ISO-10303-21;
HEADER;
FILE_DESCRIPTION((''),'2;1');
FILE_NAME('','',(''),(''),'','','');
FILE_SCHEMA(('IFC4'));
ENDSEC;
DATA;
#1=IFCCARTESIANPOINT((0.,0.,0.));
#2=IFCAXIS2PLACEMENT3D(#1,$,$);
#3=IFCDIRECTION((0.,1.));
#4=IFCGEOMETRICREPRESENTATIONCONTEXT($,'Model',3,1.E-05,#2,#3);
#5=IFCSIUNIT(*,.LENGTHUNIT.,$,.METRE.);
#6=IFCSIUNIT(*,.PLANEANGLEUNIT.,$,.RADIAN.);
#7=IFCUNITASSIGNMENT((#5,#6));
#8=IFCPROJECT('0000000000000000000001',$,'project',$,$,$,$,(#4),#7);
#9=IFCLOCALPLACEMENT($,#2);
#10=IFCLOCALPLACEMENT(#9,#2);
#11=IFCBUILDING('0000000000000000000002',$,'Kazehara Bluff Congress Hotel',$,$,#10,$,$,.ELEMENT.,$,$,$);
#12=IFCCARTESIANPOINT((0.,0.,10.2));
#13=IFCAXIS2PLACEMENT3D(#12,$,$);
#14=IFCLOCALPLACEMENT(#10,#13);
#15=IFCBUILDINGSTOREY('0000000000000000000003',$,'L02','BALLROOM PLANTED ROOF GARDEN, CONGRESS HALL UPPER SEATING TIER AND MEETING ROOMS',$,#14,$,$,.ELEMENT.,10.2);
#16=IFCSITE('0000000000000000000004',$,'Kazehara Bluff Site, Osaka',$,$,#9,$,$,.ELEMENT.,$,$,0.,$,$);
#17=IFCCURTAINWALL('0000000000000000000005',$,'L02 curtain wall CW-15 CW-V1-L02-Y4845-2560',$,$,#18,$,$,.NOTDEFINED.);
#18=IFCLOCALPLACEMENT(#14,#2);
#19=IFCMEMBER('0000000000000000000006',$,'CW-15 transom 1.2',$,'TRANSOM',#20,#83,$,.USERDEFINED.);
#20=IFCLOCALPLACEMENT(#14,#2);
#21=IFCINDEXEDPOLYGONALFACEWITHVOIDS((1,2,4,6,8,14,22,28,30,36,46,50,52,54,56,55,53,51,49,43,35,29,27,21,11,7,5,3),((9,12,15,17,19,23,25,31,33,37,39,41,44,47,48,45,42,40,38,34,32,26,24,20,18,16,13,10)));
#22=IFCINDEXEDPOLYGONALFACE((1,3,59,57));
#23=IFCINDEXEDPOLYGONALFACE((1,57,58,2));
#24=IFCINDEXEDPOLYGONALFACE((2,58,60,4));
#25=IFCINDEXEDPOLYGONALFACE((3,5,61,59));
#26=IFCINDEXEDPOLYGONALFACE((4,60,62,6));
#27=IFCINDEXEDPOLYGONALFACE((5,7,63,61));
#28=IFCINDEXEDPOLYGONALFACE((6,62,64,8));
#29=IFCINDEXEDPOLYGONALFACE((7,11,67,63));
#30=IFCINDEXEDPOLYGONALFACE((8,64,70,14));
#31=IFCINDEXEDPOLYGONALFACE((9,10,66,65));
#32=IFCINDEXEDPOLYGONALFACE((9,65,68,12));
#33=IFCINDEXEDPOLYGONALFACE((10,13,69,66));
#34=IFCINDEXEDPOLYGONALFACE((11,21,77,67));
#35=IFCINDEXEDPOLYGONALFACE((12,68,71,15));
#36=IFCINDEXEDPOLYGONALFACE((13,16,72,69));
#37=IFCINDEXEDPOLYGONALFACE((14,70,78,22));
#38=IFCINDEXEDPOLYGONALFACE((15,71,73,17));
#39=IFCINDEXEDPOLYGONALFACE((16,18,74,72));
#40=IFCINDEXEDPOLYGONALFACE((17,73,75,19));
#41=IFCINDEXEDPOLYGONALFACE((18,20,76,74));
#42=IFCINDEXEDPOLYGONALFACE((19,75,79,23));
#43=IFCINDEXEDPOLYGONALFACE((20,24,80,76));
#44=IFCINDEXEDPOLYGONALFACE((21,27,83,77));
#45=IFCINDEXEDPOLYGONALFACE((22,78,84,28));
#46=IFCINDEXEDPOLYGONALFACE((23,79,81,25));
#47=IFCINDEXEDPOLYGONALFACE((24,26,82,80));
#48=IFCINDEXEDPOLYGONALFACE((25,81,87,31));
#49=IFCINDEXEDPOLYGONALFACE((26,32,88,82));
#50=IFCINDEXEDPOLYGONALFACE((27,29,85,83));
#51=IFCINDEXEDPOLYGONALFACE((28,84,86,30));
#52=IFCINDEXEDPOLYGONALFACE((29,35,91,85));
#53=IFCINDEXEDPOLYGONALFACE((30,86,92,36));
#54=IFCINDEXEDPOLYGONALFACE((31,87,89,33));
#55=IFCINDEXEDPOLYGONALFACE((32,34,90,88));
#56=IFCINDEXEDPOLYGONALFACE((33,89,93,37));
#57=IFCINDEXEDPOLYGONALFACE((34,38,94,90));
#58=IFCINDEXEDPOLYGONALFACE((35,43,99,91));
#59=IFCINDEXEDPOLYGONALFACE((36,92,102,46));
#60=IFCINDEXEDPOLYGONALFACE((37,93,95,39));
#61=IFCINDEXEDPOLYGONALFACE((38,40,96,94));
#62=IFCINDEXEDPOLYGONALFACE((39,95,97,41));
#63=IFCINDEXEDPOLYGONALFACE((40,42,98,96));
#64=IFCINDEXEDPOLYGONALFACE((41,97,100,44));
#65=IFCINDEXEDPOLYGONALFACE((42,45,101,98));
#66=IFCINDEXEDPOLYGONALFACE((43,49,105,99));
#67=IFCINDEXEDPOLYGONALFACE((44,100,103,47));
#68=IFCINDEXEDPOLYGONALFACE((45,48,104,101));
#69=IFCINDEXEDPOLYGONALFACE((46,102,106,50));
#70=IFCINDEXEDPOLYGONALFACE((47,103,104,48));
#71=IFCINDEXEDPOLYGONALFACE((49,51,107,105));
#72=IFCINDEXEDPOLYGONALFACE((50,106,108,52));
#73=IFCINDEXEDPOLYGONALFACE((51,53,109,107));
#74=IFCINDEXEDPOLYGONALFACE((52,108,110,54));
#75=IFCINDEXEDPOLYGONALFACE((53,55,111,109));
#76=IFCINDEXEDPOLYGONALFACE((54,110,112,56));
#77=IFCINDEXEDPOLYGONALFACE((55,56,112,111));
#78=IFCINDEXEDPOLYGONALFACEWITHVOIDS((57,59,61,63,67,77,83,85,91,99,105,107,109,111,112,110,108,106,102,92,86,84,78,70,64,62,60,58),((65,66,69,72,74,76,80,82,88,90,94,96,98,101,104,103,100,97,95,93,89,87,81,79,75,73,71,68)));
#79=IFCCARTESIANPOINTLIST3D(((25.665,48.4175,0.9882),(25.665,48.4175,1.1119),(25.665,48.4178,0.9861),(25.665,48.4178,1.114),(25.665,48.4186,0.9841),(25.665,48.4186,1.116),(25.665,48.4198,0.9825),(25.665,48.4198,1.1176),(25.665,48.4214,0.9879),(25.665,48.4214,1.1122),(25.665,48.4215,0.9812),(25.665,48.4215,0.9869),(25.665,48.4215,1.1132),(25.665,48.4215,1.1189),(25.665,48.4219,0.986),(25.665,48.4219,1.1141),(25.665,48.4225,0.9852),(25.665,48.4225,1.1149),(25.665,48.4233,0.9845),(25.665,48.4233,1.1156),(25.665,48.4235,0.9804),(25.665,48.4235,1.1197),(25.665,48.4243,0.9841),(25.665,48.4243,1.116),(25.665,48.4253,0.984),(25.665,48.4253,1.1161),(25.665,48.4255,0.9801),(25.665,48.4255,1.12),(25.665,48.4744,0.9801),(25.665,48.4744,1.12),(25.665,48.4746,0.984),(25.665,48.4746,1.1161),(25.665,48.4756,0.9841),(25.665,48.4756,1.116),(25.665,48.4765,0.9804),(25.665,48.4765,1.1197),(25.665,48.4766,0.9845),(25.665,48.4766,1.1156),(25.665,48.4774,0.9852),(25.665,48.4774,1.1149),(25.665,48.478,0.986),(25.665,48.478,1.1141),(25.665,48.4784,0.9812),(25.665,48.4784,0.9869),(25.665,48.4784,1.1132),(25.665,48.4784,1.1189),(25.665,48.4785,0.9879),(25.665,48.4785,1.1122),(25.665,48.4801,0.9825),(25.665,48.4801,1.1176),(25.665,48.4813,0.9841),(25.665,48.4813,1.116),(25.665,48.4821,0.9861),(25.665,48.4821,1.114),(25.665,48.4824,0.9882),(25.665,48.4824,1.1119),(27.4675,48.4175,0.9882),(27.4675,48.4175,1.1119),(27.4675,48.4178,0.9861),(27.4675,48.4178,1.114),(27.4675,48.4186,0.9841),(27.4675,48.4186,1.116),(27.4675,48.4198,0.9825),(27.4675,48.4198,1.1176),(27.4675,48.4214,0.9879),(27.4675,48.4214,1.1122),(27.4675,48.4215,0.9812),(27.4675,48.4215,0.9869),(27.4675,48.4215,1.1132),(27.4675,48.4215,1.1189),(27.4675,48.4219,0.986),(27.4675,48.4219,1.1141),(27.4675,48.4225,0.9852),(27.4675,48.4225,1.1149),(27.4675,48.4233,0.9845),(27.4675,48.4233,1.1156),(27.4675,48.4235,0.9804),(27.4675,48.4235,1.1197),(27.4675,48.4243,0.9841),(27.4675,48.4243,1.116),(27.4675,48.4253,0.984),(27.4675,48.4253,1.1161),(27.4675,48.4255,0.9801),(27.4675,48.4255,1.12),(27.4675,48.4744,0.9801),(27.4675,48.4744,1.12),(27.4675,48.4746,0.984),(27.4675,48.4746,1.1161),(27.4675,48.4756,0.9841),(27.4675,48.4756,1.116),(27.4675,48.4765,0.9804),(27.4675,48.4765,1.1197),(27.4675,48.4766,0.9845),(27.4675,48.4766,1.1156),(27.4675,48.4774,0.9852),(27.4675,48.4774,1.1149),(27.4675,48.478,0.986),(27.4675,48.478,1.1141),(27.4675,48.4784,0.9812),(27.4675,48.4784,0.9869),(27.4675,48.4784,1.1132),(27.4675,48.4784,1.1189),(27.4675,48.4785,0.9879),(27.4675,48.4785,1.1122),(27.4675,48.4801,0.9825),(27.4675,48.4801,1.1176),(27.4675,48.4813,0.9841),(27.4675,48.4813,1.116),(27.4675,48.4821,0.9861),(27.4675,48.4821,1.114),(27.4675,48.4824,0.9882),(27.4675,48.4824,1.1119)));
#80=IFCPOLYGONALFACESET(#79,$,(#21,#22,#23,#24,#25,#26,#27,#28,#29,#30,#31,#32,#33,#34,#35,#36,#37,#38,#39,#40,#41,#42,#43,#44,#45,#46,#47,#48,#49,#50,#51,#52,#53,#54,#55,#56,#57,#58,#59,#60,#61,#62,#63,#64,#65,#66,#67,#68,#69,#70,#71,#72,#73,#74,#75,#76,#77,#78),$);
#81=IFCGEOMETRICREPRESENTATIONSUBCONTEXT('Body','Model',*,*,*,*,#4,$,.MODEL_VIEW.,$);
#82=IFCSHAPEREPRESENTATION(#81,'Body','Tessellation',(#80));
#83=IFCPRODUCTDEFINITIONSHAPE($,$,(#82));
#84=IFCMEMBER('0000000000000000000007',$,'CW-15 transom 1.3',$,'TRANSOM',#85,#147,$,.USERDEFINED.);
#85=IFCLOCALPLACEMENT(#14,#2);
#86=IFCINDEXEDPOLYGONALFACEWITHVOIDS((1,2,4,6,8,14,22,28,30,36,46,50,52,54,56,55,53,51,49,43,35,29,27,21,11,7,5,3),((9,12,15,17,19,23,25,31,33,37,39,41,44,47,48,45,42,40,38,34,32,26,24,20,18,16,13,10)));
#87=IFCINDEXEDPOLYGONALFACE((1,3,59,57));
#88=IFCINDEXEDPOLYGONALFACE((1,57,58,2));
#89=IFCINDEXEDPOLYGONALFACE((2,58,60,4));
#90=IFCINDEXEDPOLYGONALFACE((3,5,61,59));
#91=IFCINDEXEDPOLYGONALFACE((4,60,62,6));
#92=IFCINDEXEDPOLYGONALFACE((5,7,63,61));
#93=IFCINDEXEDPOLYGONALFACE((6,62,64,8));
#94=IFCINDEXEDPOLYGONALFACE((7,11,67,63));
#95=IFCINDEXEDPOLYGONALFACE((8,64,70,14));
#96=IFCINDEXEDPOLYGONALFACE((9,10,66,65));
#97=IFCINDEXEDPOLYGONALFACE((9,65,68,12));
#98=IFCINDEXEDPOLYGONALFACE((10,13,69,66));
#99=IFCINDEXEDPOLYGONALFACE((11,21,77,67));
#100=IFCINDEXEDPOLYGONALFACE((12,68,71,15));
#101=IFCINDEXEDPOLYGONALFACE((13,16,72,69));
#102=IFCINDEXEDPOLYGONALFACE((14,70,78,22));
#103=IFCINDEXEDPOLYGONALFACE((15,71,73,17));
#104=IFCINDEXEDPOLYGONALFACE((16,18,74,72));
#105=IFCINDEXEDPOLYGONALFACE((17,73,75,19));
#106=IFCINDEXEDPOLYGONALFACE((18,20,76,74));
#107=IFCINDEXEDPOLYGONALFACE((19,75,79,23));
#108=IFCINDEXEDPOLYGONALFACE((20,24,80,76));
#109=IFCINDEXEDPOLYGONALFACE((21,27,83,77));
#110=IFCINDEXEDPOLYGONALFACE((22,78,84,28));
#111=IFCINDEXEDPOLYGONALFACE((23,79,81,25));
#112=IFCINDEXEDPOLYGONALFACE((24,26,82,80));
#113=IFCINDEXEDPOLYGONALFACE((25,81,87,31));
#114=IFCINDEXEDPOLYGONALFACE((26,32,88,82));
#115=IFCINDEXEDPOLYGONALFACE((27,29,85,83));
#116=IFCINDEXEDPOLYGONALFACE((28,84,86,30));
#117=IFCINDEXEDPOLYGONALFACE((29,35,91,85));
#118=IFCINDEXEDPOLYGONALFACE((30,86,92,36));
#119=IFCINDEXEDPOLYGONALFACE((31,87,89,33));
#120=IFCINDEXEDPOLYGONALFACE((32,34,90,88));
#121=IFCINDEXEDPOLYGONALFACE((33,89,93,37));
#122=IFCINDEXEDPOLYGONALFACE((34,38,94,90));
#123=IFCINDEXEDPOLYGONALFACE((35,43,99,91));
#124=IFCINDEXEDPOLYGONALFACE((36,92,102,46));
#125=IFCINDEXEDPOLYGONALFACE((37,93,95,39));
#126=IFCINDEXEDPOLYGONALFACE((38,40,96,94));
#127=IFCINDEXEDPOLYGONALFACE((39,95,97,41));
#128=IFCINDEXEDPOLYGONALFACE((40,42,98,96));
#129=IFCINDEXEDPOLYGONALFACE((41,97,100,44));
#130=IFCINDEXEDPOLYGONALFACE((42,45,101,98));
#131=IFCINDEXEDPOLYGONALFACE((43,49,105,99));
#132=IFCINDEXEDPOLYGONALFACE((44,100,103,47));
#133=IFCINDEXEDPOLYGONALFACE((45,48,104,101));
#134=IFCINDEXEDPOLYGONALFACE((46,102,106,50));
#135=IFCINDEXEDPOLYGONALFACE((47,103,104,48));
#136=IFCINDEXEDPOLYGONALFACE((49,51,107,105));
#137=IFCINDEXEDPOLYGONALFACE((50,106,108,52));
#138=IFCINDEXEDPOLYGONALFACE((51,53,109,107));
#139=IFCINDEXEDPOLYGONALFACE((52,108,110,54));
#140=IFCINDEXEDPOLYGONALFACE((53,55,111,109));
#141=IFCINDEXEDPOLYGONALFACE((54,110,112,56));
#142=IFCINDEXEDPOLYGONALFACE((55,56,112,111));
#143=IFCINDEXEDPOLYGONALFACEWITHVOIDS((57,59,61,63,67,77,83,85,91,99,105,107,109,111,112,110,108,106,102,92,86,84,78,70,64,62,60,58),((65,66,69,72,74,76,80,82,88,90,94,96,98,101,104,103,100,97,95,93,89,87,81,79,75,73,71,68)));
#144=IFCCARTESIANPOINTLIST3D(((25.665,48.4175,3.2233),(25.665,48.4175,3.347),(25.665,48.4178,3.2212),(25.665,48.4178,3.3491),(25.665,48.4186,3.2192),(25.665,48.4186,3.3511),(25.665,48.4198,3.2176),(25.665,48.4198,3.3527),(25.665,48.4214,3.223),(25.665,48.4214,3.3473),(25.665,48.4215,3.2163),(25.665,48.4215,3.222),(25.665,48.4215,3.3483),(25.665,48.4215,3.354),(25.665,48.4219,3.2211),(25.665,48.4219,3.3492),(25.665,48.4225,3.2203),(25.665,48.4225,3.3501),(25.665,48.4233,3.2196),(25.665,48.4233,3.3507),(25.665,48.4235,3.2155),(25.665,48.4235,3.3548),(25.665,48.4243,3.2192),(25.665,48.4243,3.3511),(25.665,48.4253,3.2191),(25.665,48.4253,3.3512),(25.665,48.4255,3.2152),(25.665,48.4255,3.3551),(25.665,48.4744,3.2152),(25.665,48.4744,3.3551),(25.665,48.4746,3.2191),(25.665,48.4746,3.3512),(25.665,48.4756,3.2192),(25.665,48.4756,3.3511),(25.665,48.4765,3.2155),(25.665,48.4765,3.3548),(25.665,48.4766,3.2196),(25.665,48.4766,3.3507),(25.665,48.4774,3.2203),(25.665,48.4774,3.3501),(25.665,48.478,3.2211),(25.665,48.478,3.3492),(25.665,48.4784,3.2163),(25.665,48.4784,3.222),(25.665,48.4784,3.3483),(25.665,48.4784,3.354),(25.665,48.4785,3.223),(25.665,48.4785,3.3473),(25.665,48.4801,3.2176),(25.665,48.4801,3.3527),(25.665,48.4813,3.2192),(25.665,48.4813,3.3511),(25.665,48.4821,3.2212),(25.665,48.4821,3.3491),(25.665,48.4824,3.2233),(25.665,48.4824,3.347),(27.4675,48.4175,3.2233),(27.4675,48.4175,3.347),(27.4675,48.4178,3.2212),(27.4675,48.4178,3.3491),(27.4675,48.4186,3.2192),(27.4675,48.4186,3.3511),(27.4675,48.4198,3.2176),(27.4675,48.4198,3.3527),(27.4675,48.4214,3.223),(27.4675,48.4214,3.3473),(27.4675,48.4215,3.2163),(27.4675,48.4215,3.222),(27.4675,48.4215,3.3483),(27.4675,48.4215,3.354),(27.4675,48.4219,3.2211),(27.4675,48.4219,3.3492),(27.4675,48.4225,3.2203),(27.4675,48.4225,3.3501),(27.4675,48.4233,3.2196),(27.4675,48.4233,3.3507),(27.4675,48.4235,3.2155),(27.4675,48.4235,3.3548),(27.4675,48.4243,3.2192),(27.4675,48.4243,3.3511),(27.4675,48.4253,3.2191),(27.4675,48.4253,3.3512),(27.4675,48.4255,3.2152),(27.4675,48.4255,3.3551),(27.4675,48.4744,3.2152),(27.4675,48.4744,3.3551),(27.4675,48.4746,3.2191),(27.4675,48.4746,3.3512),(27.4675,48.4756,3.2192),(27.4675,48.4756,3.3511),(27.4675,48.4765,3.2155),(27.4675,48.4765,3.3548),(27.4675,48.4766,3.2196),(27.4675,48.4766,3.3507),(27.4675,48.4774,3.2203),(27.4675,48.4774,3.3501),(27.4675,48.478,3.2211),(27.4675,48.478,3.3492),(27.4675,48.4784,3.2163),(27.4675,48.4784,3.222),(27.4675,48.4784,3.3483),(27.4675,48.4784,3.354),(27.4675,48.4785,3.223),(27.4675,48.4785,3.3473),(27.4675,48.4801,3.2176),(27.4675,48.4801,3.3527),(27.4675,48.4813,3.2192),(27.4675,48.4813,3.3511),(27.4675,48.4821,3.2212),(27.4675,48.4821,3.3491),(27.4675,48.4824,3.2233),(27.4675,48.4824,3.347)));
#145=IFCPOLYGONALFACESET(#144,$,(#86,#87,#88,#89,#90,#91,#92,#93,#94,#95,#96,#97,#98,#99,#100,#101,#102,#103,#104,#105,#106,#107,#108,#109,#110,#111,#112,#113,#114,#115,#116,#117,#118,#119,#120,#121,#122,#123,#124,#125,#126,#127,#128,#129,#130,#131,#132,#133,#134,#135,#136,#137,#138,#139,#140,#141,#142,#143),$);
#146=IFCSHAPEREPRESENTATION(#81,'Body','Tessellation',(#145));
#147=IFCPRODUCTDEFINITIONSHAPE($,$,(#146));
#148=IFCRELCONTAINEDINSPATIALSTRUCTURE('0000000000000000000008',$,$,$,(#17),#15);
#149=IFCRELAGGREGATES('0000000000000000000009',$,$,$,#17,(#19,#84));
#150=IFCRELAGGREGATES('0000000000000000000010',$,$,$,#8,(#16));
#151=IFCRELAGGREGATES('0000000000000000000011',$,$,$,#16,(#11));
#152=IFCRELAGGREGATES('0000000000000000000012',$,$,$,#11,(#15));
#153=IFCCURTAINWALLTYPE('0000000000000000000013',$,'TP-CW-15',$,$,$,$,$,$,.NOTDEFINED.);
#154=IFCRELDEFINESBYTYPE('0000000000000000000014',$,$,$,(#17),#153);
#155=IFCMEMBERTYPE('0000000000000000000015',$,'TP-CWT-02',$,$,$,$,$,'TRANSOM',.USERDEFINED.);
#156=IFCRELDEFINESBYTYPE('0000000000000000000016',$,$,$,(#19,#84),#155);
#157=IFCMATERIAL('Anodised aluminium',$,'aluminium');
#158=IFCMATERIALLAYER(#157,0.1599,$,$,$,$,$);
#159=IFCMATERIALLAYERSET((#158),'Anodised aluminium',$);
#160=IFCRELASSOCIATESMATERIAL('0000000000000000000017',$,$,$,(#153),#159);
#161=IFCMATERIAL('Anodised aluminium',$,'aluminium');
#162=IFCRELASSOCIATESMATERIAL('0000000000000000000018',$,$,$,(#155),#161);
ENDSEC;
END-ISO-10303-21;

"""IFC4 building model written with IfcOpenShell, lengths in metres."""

from ifc_helpers import new_model, si_unit, direction, frame, origin, origin_2d, place, context, subcontext, project, spatial, hollow_rectangle, extrude, material, layer, layer_set, material_profile, profile_set, type_object, element, aggregate, save


model = new_model("IFC4")

# Units and contexts
model_context = context("Model", 3, precision=1e-05, world=origin(), true_north=direction((0.0, 1.0)))
body_context = subcontext(model_context, "Body", "Model", "MODEL_VIEW")
ifc_project = project(units=[si_unit("LENGTHUNIT", "METRE"), si_unit("PLANEANGLEUNIT", "RADIAN")], contexts=[model_context])

# Site, building, storey
site_placement = place(None, origin())
site = spatial("IfcSite", under=ifc_project, at=site_placement, Name="Kazehara Bluff Site, Osaka", CompositionType="ELEMENT", RefElevation=0.0)
building_placement = place(site_placement, origin())
building = spatial("IfcBuilding", under=site, at=building_placement, Name="Kazehara Bluff Congress Hotel", CompositionType="ELEMENT")
storey_placement = place(building_placement, frame((0.0, 0.0, 10.2)))
storey = spatial("IfcBuildingStorey", under=building, at=storey_placement, Name="L02", Description="BALLROOM PLANTED ROOF GARDEN, CONGRESS HALL UPPER SEATING TIER AND MEETING ROOMS", CompositionType="ELEMENT", Elevation=10.2)

# Curtain wall, members
ifc_material_1 = material(Name="Anodised aluminium", Category="aluminium")
ifc_layer_1 = layer(ifc_material_1, 0.1599)
ifc_layer_set_1 = layer_set([ifc_layer_1], Name="Anodised aluminium")
curtain_wall_type_1 = type_object("IfcCurtainWallType", Name="TP-CW-15", PredefinedType="NOTDEFINED", material=ifc_layer_set_1)
curtain_wall_1_placement = place(storey_placement, origin())
curtain_wall_1 = element("IfcCurtainWall", 1, at=curtain_wall_1_placement, inside=storey, type_object=curtain_wall_type_1, Name="L02 curtain wall CW-15 CW-V1-L02-Y4845-2560", PredefinedType="NOTDEFINED")
ifc_material_2 = material(Name="Anodised aluminium", Category="aluminium")
ifc_material_profile_1 = material_profile(ifc_material_2, hollow_rectangle(XDim=0.0649, YDim=0.1399, WallThickness=0.0039, InnerFilletRadius=0.0039, OuterFilletRadius=0.0081, at=origin_2d()))
ifc_profile_set_1 = profile_set([ifc_material_profile_1], Name="Anodised aluminium")
member_type_1 = type_object("IfcMemberType", Name="TP-CWT-02", ElementType="TRANSOM", PredefinedType="USERDEFINED", material=ifc_profile_set_1)
member_1_placement = place(storey_placement, frame((25.665, 48.45, 1.05), z_axis=(1.0, 0.0, 0.0), x_axis=(0.0, 1.0, 0.0)))
member_1 = element("IfcMember", 2, at=member_1_placement, type_object=member_type_1, Name="CW-15 transom 1.2", ObjectType="TRANSOM", PredefinedType="USERDEFINED", context=body_context, shape_type="SweptSolid", body=[
    extrude(hollow_rectangle(XDim=0.0649, YDim=0.1399, WallThickness=0.0039, InnerFilletRadius=0.0039, OuterFilletRadius=0.0081, at=origin_2d()), origin(), (0.0, 0.0, 1.0), 1.8025),
])
member_2_placement = place(storey_placement, frame((25.665, 48.45, 3.2852), z_axis=(1.0, 0.0, 0.0), x_axis=(0.0, 1.0, 0.0)))
member_2 = element("IfcMember", 3, at=member_2_placement, type_object=member_type_1, Name="CW-15 transom 1.3", ObjectType="TRANSOM", PredefinedType="USERDEFINED", context=body_context, shape_type="SweptSolid", body=[
    extrude(hollow_rectangle(XDim=0.0649, YDim=0.1399, WallThickness=0.0039, InnerFilletRadius=0.0039, OuterFilletRadius=0.0081, at=origin_2d()), origin(), (0.0, 0.0, 1.0), 1.8025),
])

aggregate(curtain_wall_1, [member_1, member_2])

save(model, "model.ifc")
